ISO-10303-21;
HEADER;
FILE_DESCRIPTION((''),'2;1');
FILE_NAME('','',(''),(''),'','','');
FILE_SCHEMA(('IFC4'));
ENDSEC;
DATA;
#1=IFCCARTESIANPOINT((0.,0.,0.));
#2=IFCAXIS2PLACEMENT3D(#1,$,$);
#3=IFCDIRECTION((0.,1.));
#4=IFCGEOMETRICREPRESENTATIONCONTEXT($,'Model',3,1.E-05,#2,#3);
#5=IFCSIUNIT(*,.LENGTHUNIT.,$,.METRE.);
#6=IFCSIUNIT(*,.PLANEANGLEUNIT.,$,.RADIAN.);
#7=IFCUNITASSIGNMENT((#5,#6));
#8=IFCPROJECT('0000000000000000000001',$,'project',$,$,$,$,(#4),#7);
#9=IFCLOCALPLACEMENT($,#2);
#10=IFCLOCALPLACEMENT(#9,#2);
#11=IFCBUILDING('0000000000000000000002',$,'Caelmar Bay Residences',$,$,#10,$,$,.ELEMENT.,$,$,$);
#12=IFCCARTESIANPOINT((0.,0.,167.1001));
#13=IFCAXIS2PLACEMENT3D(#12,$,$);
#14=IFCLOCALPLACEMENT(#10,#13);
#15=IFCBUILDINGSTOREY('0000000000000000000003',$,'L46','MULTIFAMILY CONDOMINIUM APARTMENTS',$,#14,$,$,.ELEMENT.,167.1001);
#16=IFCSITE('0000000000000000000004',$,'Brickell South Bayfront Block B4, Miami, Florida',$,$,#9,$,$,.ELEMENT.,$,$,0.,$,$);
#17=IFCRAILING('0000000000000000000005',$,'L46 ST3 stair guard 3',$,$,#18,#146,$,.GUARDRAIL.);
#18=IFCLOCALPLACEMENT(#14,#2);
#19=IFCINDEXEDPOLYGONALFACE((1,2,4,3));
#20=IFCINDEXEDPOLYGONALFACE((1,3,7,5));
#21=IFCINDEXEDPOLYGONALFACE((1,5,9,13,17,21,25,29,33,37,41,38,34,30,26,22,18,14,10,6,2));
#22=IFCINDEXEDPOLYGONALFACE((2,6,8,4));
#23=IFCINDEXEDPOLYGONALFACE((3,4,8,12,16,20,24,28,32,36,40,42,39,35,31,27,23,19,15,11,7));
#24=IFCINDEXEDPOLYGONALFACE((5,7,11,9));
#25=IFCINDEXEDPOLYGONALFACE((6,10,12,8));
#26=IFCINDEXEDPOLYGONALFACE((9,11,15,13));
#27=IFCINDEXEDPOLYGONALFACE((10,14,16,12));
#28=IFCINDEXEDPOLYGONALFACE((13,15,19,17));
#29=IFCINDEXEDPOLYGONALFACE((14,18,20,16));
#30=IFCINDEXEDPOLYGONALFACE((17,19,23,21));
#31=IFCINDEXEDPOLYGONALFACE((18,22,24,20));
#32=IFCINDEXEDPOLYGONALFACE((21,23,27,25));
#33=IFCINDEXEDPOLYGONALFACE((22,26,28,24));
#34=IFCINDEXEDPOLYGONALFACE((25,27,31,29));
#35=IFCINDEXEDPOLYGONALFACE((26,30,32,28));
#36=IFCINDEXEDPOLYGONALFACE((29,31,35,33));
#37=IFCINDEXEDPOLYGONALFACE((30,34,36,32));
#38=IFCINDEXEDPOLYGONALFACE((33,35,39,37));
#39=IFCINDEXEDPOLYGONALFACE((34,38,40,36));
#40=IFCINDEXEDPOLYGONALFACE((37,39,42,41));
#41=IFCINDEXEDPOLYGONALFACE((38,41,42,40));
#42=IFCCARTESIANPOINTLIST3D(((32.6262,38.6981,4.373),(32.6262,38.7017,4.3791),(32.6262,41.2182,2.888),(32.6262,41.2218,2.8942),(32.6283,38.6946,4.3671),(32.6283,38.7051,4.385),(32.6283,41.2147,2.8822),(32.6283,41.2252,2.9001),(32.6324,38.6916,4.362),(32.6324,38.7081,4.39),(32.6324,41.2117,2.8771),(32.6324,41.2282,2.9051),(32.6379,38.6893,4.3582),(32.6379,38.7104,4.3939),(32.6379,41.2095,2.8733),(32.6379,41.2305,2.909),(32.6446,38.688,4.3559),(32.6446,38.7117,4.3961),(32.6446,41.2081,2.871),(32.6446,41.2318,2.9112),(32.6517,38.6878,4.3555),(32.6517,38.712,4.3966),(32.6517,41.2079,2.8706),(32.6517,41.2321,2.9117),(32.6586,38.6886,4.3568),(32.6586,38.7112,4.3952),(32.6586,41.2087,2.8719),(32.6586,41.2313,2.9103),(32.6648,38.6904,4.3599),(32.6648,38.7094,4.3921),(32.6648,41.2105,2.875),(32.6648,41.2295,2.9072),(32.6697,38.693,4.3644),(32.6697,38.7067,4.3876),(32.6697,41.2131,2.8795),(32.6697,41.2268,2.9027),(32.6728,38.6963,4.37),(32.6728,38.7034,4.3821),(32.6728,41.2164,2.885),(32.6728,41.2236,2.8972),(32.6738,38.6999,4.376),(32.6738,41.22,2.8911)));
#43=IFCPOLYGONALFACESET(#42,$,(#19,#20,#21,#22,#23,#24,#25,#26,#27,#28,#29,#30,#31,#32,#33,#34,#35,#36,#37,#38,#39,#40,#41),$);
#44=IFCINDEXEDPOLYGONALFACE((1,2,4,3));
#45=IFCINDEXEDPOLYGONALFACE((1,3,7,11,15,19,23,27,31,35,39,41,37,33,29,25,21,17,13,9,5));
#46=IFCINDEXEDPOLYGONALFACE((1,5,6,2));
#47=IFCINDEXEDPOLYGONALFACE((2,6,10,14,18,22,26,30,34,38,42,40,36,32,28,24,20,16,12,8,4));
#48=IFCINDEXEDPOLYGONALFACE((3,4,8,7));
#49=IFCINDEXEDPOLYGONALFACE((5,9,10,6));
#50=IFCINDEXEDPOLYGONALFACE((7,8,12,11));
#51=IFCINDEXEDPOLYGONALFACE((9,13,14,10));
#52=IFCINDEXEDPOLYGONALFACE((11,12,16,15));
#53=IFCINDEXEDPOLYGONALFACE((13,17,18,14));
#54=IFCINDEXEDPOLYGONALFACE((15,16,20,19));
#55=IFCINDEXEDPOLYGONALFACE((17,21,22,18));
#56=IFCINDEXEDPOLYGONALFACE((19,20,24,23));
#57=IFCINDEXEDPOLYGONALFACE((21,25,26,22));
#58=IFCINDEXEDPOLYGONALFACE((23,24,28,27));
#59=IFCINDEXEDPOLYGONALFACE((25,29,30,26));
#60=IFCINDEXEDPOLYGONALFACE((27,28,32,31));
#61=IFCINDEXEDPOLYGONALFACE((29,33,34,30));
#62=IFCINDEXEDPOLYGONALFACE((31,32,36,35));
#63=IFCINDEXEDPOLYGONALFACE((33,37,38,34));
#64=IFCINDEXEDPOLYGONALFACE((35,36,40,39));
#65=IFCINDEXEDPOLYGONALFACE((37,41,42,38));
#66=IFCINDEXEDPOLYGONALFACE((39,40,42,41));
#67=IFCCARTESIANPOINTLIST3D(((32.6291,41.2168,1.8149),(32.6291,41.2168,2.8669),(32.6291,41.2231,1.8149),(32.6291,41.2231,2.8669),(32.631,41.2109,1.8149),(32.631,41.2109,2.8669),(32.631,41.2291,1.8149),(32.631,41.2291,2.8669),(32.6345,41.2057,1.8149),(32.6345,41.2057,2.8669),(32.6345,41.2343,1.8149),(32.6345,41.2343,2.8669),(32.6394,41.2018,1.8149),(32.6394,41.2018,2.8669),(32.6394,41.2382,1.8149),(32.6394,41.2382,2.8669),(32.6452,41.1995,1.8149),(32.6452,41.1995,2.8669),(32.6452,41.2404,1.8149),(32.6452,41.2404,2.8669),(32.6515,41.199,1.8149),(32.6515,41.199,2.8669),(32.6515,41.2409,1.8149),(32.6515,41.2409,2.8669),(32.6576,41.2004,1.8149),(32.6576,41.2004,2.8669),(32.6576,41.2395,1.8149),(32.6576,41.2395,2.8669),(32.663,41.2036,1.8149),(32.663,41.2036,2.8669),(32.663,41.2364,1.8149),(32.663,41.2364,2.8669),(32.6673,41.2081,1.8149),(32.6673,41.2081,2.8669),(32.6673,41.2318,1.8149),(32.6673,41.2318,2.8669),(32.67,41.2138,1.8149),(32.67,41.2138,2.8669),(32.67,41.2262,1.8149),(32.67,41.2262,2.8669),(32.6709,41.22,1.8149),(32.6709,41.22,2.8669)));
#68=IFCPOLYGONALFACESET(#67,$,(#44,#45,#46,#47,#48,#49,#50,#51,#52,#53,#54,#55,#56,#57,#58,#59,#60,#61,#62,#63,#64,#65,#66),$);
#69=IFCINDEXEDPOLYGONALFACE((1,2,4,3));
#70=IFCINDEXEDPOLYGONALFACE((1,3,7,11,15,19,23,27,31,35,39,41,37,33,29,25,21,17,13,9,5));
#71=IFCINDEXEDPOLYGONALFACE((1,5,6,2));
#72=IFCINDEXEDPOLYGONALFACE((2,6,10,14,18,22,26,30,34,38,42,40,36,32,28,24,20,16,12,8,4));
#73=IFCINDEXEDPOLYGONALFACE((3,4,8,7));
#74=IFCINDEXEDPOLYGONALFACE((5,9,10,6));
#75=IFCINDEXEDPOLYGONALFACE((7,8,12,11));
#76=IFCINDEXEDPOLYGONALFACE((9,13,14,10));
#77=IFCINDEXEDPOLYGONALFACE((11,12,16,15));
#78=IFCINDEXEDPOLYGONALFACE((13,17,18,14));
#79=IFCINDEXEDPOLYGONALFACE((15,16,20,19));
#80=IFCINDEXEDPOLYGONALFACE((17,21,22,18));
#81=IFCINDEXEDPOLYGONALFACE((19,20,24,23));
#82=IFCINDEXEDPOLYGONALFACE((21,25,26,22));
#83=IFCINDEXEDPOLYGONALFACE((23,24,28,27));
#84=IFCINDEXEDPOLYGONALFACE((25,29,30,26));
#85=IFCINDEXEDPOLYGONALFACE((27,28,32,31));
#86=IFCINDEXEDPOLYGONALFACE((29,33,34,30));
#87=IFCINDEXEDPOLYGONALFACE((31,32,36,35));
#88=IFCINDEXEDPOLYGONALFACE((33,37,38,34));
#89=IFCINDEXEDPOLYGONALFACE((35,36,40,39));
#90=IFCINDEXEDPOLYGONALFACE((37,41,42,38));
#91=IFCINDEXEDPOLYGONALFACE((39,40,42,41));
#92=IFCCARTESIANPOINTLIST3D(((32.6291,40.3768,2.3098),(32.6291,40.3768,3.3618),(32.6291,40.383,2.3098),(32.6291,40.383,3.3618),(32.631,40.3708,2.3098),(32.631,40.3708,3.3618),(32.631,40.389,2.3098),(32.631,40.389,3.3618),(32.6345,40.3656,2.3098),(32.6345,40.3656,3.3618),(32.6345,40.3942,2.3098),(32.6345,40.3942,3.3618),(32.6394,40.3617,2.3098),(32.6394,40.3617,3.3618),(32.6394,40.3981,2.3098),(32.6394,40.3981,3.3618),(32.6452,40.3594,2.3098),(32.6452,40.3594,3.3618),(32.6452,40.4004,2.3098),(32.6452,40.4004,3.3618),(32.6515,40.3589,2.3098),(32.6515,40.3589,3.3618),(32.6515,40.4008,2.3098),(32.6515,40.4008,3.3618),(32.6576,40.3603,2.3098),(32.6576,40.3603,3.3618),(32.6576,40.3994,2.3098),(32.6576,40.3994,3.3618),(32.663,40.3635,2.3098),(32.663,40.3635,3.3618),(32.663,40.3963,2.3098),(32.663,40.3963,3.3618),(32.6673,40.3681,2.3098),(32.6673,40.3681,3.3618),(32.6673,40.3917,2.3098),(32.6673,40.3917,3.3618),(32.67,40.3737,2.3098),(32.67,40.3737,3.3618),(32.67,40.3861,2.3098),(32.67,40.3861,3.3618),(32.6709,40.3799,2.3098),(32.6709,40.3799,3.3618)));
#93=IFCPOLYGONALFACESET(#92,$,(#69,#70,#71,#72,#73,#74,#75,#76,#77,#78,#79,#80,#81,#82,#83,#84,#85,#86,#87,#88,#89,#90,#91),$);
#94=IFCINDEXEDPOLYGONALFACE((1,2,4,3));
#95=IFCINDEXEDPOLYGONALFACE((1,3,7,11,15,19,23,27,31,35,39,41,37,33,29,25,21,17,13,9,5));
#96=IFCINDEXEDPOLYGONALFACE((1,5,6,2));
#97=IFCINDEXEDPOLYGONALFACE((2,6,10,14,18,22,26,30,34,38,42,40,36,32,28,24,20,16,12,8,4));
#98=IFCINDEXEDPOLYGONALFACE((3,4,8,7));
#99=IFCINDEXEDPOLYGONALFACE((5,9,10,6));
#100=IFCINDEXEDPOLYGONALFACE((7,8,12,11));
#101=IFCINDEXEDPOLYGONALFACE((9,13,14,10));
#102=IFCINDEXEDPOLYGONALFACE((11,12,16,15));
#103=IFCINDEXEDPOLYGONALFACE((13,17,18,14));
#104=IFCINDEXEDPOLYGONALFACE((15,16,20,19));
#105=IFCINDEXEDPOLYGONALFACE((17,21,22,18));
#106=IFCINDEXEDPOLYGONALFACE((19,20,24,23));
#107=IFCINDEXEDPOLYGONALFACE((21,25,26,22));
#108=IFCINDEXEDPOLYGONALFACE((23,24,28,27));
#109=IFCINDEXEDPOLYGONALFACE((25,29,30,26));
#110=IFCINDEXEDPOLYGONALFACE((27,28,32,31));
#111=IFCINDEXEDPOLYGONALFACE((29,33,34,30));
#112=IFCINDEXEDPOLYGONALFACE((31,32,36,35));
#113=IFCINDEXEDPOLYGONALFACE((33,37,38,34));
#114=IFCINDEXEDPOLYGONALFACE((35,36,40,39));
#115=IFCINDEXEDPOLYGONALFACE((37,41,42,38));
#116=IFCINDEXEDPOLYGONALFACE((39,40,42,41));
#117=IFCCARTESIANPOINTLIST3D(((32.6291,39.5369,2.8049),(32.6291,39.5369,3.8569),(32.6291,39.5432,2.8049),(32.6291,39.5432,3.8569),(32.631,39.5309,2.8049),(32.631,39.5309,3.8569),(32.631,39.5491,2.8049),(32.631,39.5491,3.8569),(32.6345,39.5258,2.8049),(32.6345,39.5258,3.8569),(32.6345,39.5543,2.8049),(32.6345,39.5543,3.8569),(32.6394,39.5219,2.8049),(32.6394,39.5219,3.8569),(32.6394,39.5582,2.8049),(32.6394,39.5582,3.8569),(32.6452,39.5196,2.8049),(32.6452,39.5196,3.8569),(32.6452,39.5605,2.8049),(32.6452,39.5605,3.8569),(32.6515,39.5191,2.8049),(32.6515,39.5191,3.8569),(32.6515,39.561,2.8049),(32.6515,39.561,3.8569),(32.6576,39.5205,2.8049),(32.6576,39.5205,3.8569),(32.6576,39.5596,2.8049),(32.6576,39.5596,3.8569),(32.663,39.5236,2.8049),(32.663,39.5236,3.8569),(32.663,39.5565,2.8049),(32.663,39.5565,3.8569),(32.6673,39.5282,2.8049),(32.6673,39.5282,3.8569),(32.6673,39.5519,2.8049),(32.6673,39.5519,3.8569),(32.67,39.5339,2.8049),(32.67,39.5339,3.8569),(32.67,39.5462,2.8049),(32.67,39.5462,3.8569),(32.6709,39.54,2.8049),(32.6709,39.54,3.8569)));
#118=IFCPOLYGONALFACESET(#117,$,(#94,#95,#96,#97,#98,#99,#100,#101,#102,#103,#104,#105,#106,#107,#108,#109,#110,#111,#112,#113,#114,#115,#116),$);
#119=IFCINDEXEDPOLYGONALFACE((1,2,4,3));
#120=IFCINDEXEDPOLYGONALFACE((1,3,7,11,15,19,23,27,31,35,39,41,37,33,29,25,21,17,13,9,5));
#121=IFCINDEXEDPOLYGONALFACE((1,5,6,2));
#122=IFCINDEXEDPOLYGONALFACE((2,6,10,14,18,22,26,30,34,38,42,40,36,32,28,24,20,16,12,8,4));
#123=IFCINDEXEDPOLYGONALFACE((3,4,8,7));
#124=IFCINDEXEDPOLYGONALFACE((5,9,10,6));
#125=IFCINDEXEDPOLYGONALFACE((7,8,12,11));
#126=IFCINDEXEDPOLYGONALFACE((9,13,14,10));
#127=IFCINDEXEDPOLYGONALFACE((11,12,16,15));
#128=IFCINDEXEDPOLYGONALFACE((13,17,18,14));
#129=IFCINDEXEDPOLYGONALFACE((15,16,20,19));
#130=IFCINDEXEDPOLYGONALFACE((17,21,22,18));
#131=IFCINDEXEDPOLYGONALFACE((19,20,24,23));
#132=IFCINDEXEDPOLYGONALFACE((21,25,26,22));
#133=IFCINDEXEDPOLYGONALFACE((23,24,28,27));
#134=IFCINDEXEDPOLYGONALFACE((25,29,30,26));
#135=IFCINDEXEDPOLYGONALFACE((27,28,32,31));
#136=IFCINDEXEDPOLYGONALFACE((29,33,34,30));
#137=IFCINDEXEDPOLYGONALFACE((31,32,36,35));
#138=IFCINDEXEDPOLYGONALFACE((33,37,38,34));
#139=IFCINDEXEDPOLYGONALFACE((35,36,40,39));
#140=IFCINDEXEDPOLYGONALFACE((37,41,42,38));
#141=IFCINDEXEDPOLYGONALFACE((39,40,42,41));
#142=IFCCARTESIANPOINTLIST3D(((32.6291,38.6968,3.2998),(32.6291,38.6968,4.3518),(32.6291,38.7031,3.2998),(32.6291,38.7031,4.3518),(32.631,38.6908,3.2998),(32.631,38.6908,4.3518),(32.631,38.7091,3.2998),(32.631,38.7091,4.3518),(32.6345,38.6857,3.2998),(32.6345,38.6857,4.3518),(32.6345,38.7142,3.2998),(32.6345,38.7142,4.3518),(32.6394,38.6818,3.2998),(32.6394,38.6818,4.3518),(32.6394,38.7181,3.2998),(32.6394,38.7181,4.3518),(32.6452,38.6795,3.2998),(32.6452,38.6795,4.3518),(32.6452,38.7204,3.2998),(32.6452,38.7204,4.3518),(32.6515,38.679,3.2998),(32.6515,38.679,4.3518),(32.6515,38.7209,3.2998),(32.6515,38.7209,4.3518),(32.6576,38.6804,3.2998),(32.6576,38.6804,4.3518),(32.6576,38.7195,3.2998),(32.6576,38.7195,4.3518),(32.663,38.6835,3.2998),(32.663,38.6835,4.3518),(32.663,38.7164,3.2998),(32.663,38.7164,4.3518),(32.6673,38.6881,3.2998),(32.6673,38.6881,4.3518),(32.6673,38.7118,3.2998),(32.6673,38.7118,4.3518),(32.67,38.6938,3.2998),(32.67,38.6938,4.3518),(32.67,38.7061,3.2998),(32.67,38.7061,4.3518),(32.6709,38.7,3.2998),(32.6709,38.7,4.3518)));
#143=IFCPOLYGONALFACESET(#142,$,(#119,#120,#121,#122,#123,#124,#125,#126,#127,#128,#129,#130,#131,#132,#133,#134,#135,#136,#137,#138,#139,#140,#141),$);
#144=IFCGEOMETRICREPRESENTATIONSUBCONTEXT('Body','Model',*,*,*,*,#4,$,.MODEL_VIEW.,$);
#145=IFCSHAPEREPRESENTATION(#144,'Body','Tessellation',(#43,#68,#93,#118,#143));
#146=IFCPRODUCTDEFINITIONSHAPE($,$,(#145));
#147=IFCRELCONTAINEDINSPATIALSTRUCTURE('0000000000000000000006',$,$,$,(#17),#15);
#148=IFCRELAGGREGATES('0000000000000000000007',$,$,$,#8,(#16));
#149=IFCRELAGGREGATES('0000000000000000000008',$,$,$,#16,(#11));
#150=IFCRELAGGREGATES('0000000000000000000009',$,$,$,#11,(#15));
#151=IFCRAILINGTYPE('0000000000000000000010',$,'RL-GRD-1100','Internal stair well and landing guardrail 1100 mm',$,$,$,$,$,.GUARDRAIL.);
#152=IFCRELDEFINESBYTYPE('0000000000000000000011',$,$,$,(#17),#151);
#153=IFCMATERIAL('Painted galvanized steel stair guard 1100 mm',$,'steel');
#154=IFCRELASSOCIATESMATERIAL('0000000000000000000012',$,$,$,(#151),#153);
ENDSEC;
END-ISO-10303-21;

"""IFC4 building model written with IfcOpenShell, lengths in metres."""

from ifc_helpers import new_model, si_unit, direction, frame, origin, origin_2d, place, context, subcontext, project, spatial, circle, extrude, material, type_object, element, save


model = new_model("IFC4")

# Units and contexts
model_context = context("Model", 3, precision=1e-05, world=origin(), true_north=direction((0.0, 1.0)))
body_context = subcontext(model_context, "Body", "Model", "MODEL_VIEW")
ifc_project = project(units=[si_unit("LENGTHUNIT", "METRE"), si_unit("PLANEANGLEUNIT", "RADIAN")], contexts=[model_context])

# Site, building, storey
site_placement = place(None, origin())
site = spatial("IfcSite", under=ifc_project, at=site_placement, Name="Brickell South Bayfront Block B4, Miami, Florida", CompositionType="ELEMENT", RefElevation=0.0)
building_placement = place(site_placement, origin())
building = spatial("IfcBuilding", under=site, at=building_placement, Name="Caelmar Bay Residences", CompositionType="ELEMENT")
storey_placement = place(building_placement, frame((0.0, 0.0, 167.1001)))
storey = spatial("IfcBuildingStorey", under=building, at=storey_placement, Name="L46", Description="MULTIFAMILY CONDOMINIUM APARTMENTS", CompositionType="ELEMENT", Elevation=167.1001)

# Railing
ifc_material_1 = material(Name="Painted galvanized steel stair guard 1100 mm", Category="steel")
railing_type_1 = type_object("IfcRailingType", Name="RL-GRD-1100", Description="Internal stair well and landing guardrail 1100 mm", PredefinedType="GUARDRAIL", material=ifc_material_1)
railing_1_placement = place(storey_placement, frame((32.6499, 41.22, 1.8149)))
element("IfcRailing", 1, at=railing_1_placement, inside=storey, type_object=railing_type_1, Name="L46 ST3 stair guard 3", PredefinedType="GUARDRAIL", context=body_context, shape_type="SweptSolid", body=[
    extrude(circle(Radius=0.0239, at=origin_2d()), frame((0.0, 0.0, 1.0762), z_axis=(0.0, -0.861561, 0.507655), x_axis=(1.0, 0.0, 0.0)), (0.0, 0.0, 1.0), 2.925),
    extrude(circle(Radius=0.021, at=origin_2d()), origin(), (0.0, 0.0, 1.0), 1.052),
    extrude(circle(Radius=0.021, at=origin_2d()), frame((0.0, -0.8401, 0.4949)), (0.0, 0.0, 1.0), 1.052),
    extrude(circle(Radius=0.021, at=origin_2d()), frame((0.0, -1.6799, 0.99)), (0.0, 0.0, 1.0), 1.052),
    extrude(circle(Radius=0.021, at=origin_2d()), frame((0.0, -2.52, 1.4849)), (0.0, 0.0, 1.0), 1.052),
])

save(model, "model.ifc")
